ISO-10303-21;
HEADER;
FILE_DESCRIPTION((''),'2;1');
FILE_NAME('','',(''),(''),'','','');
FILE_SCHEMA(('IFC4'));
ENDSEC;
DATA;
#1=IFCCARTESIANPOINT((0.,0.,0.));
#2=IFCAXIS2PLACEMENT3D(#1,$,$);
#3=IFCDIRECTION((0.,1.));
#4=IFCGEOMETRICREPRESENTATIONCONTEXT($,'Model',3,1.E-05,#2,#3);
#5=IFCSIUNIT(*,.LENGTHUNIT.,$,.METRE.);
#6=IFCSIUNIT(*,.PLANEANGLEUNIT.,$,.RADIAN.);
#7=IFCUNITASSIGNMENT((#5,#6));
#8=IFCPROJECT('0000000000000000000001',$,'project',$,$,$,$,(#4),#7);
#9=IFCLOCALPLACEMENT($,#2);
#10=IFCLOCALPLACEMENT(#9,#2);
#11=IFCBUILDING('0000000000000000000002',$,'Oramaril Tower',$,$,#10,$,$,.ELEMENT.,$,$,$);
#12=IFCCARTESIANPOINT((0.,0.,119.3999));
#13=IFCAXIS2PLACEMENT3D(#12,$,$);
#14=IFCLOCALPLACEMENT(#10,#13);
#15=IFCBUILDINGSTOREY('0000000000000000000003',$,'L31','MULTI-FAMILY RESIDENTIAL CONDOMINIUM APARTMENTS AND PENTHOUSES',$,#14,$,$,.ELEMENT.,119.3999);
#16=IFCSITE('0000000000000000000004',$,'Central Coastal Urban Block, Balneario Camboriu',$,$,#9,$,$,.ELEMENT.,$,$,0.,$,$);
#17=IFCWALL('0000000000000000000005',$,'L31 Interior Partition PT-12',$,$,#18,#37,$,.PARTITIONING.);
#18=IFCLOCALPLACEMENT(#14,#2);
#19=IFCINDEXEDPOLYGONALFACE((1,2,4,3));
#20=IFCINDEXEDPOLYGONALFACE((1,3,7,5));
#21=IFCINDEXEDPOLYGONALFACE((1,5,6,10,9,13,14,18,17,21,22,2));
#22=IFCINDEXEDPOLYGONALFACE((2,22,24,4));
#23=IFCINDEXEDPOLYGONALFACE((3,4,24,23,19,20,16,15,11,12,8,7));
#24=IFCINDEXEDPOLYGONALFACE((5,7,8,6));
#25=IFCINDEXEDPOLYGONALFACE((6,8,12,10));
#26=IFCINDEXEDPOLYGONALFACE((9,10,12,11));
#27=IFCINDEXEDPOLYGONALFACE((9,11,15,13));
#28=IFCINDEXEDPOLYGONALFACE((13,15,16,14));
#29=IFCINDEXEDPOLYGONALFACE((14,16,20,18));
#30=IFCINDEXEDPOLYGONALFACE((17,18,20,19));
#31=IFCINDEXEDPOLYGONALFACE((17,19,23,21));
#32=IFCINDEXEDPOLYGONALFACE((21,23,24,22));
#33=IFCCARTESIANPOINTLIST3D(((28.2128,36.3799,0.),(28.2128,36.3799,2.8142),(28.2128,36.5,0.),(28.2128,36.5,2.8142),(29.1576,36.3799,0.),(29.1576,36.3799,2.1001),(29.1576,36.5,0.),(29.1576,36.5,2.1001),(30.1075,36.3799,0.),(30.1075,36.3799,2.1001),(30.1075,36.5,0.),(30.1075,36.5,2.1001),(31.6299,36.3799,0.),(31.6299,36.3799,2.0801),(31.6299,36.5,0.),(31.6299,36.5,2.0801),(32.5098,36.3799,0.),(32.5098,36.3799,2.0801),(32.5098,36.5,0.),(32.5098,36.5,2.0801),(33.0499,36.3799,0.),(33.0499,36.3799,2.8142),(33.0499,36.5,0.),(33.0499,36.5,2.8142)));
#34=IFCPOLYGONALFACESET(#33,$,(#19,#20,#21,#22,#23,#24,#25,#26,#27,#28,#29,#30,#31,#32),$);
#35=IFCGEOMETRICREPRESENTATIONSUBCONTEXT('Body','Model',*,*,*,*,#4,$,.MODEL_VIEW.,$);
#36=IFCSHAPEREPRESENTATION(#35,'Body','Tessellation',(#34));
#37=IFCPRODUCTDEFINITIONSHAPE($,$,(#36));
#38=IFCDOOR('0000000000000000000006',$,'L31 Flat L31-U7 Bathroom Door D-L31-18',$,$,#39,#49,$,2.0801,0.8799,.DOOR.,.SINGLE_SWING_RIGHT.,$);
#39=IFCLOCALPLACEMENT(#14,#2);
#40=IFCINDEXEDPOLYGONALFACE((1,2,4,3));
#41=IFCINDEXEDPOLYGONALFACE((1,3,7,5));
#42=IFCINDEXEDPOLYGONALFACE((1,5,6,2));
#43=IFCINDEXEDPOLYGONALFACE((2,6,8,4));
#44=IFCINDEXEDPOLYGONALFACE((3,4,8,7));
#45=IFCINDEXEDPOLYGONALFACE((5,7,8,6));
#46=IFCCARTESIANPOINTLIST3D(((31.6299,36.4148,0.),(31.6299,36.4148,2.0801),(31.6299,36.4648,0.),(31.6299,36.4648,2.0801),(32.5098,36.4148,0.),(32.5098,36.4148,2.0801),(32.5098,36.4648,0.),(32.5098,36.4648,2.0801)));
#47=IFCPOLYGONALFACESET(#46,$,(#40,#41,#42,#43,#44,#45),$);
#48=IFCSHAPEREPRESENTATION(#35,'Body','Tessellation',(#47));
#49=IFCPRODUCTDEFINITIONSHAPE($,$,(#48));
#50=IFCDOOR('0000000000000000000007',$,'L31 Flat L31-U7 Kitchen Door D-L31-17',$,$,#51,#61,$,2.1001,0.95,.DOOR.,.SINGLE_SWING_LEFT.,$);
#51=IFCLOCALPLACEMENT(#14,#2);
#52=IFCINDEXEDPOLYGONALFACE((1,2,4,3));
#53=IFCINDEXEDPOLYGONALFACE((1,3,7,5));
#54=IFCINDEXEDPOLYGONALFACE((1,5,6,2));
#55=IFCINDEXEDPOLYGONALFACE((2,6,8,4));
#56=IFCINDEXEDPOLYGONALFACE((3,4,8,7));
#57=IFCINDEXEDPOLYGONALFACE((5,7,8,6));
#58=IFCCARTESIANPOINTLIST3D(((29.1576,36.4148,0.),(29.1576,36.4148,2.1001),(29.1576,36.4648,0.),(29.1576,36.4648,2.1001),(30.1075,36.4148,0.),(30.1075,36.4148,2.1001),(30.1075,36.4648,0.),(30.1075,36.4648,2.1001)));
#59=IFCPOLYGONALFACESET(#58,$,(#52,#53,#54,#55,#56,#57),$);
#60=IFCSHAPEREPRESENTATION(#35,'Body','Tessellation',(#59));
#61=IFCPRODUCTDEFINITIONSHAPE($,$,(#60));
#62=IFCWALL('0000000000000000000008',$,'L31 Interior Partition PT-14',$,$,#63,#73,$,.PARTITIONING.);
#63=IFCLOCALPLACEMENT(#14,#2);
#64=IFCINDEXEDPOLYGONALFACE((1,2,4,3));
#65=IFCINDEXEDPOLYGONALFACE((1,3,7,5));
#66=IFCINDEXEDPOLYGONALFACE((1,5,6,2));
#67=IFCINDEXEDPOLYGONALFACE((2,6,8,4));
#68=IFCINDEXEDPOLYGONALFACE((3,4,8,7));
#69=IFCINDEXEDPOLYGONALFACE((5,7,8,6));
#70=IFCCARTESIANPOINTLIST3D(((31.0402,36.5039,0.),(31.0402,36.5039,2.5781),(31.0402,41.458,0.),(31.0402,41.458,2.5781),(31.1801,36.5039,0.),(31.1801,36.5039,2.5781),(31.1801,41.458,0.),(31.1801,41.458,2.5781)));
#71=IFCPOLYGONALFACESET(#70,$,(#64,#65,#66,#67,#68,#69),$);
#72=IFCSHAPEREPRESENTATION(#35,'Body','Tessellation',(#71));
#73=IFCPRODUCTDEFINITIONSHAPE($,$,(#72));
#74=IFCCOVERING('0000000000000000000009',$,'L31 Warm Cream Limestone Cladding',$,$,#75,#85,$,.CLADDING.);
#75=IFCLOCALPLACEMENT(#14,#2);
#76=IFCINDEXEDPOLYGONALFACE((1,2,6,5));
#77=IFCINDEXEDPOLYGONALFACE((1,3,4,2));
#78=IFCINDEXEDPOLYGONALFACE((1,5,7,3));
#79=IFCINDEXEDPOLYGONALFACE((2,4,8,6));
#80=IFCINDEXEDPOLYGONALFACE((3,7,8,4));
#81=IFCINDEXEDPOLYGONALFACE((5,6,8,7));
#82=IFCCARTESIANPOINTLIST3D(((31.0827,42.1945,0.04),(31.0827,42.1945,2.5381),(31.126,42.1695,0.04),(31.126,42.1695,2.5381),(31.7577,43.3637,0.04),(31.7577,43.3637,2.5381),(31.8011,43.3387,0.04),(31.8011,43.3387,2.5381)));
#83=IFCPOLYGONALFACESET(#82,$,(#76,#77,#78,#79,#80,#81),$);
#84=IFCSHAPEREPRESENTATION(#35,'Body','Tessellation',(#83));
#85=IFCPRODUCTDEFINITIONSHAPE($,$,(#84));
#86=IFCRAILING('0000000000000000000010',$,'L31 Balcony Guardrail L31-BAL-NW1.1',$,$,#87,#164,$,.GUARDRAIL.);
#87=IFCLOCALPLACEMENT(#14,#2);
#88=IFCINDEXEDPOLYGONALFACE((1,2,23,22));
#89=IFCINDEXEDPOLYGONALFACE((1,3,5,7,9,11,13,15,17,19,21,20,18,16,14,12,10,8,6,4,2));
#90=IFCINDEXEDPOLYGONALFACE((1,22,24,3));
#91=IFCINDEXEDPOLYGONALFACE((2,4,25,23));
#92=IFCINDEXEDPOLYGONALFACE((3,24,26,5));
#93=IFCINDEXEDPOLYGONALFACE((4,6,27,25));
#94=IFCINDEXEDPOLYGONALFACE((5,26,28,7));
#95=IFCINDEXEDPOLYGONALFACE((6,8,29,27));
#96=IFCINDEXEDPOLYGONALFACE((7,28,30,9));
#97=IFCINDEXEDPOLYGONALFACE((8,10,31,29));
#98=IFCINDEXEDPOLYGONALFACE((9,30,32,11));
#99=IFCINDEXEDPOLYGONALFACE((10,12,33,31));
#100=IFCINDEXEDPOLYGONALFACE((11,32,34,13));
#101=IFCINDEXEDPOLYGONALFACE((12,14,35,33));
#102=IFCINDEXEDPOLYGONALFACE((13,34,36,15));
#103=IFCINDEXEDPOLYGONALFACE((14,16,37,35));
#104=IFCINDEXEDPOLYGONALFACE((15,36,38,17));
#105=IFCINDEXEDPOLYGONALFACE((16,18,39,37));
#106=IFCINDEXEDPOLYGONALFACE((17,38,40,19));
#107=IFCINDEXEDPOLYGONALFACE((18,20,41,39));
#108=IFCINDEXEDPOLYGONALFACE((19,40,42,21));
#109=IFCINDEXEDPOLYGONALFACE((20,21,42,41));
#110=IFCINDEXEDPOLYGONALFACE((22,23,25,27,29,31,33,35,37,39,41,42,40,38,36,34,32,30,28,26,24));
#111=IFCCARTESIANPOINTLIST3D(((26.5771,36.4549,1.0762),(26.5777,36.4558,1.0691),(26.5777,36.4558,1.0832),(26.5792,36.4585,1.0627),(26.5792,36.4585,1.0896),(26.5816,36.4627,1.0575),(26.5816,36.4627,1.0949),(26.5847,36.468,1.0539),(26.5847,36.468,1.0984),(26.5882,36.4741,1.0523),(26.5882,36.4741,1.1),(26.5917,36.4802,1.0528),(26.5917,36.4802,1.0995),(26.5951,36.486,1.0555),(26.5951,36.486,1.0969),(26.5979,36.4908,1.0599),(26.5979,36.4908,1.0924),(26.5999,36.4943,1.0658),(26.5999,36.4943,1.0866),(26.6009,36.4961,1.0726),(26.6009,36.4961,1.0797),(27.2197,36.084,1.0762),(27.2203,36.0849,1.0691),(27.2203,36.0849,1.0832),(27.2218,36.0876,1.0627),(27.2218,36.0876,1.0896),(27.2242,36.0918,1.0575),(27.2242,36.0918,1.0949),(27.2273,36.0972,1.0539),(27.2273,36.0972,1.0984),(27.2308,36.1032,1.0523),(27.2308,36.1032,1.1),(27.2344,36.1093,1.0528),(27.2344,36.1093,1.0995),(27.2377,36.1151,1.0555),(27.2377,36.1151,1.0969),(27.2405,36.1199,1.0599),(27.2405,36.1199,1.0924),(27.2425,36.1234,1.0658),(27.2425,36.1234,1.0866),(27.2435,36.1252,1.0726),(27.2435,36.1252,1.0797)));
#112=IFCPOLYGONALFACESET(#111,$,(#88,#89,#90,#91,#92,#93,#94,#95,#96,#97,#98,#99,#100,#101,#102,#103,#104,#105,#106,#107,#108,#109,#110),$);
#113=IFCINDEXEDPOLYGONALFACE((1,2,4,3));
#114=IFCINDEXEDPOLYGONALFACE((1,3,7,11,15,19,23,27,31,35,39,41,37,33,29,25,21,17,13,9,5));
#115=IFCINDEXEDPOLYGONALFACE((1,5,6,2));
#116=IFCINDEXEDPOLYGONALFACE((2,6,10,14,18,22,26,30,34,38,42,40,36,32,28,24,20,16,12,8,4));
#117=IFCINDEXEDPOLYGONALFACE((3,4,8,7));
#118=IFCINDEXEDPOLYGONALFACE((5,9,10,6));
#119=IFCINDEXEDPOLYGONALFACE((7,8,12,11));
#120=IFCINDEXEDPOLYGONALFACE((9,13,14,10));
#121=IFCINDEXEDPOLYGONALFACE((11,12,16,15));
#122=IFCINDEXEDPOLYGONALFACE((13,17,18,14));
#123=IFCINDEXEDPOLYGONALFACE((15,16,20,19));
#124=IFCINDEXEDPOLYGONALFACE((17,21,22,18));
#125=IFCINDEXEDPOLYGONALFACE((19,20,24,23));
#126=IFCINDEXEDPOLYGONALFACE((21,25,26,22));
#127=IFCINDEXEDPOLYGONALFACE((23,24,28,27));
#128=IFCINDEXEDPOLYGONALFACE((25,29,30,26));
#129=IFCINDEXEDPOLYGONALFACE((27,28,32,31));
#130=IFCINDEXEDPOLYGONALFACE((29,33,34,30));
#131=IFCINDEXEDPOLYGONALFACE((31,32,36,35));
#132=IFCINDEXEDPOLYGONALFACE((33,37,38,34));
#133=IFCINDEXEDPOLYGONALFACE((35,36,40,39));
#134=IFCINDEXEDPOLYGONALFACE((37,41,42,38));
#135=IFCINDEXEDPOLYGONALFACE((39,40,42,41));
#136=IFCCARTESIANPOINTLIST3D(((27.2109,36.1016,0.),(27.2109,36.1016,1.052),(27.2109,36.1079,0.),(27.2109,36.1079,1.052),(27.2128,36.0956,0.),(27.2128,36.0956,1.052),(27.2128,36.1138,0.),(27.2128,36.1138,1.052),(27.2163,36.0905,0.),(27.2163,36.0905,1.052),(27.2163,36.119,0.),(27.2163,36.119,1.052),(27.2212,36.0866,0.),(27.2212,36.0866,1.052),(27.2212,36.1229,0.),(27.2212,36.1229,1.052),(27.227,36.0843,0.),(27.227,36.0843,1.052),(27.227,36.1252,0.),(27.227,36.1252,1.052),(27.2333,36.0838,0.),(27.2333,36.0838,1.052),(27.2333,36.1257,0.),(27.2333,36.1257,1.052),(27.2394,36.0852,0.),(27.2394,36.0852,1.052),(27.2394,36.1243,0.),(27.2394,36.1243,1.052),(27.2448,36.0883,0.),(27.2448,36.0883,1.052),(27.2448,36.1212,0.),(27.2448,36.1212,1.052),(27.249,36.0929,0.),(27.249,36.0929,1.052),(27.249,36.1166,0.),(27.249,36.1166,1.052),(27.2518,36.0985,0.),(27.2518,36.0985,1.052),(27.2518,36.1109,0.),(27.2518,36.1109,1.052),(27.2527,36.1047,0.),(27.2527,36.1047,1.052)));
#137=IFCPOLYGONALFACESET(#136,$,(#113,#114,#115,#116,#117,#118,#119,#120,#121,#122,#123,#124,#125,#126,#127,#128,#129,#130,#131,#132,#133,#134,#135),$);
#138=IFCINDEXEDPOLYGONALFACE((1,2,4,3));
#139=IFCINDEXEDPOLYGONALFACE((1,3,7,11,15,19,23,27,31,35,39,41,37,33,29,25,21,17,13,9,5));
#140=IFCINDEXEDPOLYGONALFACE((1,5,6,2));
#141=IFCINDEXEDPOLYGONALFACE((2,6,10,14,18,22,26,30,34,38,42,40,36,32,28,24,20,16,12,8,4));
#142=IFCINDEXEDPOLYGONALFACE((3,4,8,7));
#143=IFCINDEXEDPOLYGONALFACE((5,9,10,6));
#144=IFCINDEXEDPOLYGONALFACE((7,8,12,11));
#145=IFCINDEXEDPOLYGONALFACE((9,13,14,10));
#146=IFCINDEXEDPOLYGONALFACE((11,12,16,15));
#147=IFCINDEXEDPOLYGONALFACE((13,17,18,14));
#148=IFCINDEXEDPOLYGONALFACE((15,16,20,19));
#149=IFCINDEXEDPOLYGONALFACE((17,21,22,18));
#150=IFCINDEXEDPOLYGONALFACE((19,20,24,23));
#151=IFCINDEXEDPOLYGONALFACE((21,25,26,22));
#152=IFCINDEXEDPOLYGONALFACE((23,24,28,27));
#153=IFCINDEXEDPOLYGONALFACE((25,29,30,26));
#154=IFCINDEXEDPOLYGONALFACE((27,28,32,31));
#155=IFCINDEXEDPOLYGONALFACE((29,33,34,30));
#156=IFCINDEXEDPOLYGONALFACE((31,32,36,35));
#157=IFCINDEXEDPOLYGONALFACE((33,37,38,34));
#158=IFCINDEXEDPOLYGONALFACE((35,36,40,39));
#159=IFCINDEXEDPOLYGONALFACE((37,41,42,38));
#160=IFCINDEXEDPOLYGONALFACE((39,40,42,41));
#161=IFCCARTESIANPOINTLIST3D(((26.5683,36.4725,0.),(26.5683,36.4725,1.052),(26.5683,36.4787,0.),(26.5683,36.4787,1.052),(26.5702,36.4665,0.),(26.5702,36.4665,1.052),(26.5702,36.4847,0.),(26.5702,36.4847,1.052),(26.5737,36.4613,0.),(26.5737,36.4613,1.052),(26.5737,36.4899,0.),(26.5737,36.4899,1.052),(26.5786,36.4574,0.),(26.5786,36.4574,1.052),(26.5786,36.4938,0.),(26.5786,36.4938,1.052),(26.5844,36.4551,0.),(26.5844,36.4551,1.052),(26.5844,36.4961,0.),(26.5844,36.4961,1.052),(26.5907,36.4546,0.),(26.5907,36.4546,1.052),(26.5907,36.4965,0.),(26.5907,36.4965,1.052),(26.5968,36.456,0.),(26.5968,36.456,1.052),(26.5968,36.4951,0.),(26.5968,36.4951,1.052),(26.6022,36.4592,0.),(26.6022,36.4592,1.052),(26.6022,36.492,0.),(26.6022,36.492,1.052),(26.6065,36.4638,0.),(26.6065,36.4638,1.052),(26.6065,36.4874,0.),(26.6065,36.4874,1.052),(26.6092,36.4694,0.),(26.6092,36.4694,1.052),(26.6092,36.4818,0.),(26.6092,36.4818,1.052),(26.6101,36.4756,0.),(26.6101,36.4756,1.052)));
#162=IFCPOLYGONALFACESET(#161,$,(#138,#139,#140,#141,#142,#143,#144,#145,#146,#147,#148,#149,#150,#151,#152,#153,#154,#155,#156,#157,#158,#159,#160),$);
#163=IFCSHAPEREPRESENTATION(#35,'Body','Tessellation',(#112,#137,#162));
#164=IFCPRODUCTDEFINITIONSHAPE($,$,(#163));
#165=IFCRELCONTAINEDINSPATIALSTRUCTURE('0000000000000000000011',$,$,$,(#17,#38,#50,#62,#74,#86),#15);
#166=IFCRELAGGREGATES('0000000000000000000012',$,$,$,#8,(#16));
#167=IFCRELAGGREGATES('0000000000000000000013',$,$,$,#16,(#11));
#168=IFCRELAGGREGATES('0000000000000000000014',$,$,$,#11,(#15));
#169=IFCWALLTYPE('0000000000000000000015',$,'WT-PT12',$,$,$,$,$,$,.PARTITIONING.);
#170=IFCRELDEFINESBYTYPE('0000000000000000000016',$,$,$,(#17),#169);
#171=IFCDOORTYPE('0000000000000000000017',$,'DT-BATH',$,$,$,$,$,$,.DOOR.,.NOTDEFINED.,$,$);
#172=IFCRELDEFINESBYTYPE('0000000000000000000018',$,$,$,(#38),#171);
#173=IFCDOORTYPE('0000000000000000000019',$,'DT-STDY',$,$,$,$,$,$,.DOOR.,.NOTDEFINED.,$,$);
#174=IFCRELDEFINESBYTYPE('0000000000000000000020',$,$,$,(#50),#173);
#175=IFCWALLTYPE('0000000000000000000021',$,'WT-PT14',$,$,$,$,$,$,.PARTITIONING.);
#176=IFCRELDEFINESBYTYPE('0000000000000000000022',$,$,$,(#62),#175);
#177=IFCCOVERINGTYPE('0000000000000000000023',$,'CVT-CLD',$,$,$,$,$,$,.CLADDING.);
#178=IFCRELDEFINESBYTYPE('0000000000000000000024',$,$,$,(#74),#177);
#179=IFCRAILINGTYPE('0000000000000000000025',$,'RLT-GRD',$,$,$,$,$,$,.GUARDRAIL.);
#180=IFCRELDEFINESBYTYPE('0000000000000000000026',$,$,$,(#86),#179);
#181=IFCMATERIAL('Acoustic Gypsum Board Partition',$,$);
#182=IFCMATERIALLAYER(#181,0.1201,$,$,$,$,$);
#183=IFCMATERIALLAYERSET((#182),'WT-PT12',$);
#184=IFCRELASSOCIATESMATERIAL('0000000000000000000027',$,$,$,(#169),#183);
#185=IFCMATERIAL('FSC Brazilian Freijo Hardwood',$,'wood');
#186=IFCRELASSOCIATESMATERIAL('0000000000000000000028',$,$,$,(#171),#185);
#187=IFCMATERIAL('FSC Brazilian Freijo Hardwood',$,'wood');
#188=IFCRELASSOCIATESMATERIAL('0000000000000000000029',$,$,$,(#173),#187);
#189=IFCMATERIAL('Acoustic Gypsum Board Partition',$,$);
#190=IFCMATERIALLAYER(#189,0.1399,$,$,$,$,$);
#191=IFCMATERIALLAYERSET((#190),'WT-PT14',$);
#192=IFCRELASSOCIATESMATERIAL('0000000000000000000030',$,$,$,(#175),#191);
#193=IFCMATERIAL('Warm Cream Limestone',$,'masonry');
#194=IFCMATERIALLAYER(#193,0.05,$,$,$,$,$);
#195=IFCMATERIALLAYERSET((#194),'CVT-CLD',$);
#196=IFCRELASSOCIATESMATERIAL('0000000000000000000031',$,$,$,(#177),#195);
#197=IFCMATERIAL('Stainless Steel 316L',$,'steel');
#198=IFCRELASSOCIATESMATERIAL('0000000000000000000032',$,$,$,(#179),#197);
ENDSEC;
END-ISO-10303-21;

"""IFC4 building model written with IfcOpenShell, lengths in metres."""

from ifc_helpers import new_model, si_unit, direction, frame, frame_2d, origin, origin_2d, place, context, subcontext, project, spatial, rectangle, circle, extrude, material, layer, layer_set, type_object, element, fill, save


model = new_model("IFC4")

# Units and contexts
model_context = context("Model", 3, precision=1e-05, world=origin(), true_north=direction((0.0, 1.0)))
body_context = subcontext(model_context, "Body", "Model", "MODEL_VIEW")
ifc_project = project(units=[si_unit("LENGTHUNIT", "METRE"), si_unit("PLANEANGLEUNIT", "RADIAN")], contexts=[model_context])

# Site, building, storey
site_placement = place(None, origin())
site = spatial("IfcSite", under=ifc_project, at=site_placement, Name="Central Coastal Urban Block, Balneario Camboriu", CompositionType="ELEMENT", RefElevation=0.0)
building_placement = place(site_placement, origin())
building = spatial("IfcBuilding", under=site, at=building_placement, Name="Oramaril Tower", CompositionType="ELEMENT")
storey_placement = place(building_placement, frame((0.0, 0.0, 119.3999)))
storey = spatial("IfcBuildingStorey", under=building, at=storey_placement, Name="L31", Description="MULTI-FAMILY RESIDENTIAL CONDOMINIUM APARTMENTS AND PENTHOUSES", CompositionType="ELEMENT", Elevation=119.3999)

# Wall, openings, doors
ifc_material_1 = material(Name="Acoustic Gypsum Board Partition")
ifc_layer_1 = layer(ifc_material_1, 0.1201)
ifc_layer_set_1 = layer_set([ifc_layer_1], Name="WT-PT12")
wall_type_1 = type_object("IfcWallType", Name="WT-PT12", PredefinedType="PARTITIONING", material=ifc_layer_set_1)
wall_1_placement = place(storey_placement, frame((28.2129, 36.4399, 0.0), z_axis=(0.0, 0.0, 1.0), x_axis=(1.0, 0.0, 0.0)))
wall_1 = element("IfcWall", 1, at=wall_1_placement, inside=storey, type_object=wall_type_1, Name="L31 Interior Partition PT-12", PredefinedType="PARTITIONING", context=body_context, shape_type="SweptSolid", body=[
    extrude(rectangle(XDim=4.8372, YDim=0.1201, at=frame_2d((2.4185, 0.0))), origin(), (0.0, 0.0, 1.0), 2.8142),
])
opening_1_placement = place(wall_1_placement, frame((0.9446, 0.0, 0.0)))
opening_1 = element("IfcOpeningElement", 2, at=opening_1_placement, cuts=wall_1, PredefinedType="OPENING", context=body_context, shape_type="SweptSolid", body=[
    extrude(rectangle(XDim=0.95, YDim=2.1001, at=frame_2d((0.4751, 1.05))), frame((0.0, 0.0601, 0.0), z_axis=(0.0, -1.0, 0.0), x_axis=(1.0, 0.0, 0.0)), (0.0, 0.0, 1.0), 0.1201),
])
opening_2_placement = place(wall_1_placement, frame((3.417, 0.0, 0.0)))
opening_2 = element("IfcOpeningElement", 3, at=opening_2_placement, cuts=wall_1, PredefinedType="OPENING", context=body_context, shape_type="SweptSolid", body=[
    extrude(rectangle(XDim=0.8799, YDim=2.0801, at=frame_2d((0.4399, 1.04))), frame((0.0, 0.0601, 0.0), z_axis=(0.0, -1.0, 0.0), x_axis=(1.0, 0.0, 0.0)), (0.0, 0.0, 1.0), 0.1201),
])
ifc_material_2 = material(Name="FSC Brazilian Freijo Hardwood", Category="wood")
door_type_1 = type_object("IfcDoorType", Name="DT-BATH", OperationType="NOTDEFINED", PredefinedType="DOOR", material=ifc_material_2)
door_1_placement = place(opening_2_placement, origin())
door_1 = element("IfcDoor", 4, at=door_1_placement, inside=storey, type_object=door_type_1, Name="L31 Flat L31-U7 Bathroom Door D-L31-18", OperationType="SINGLE_SWING_RIGHT", OverallHeight=2.0801, OverallWidth=0.8799, PredefinedType="DOOR", context=body_context, shape_type="SweptSolid", body=[
    extrude(rectangle(XDim=0.8799, YDim=2.0801, at=frame_2d((0.4399, 1.04))), frame((0.0, 0.0249, 0.0), z_axis=(0.0, -1.0, 0.0), x_axis=(1.0, 0.0, 0.0)), (0.0, 0.0, 1.0), 0.05),
])
fill(opening_2, door_1)
ifc_material_3 = material(Name="FSC Brazilian Freijo Hardwood", Category="wood")
door_type_2 = type_object("IfcDoorType", Name="DT-STDY", OperationType="NOTDEFINED", PredefinedType="DOOR", material=ifc_material_3)
door_2_placement = place(opening_1_placement, origin())
door_2 = element("IfcDoor", 5, at=door_2_placement, inside=storey, type_object=door_type_2, Name="L31 Flat L31-U7 Kitchen Door D-L31-17", OperationType="SINGLE_SWING_LEFT", OverallHeight=2.1001, OverallWidth=0.95, PredefinedType="DOOR", context=body_context, shape_type="SweptSolid", body=[
    extrude(rectangle(XDim=0.95, YDim=2.1001, at=frame_2d((0.4751, 1.05))), frame((0.0, 0.0249, 0.0), z_axis=(0.0, -1.0, 0.0), x_axis=(1.0, 0.0, 0.0)), (0.0, 0.0, 1.0), 0.05),
])
fill(opening_1, door_2)

# Wall
ifc_material_4 = material(Name="Acoustic Gypsum Board Partition")
ifc_layer_2 = layer(ifc_material_4, 0.1399)
ifc_layer_set_2 = layer_set([ifc_layer_2], Name="WT-PT14")
wall_type_2 = type_object("IfcWallType", Name="WT-PT14", PredefinedType="PARTITIONING", material=ifc_layer_set_2)
wall_2_placement = place(storey_placement, frame((31.1101, 36.5039, 0.0), z_axis=(0.0, 0.0, 1.0), x_axis=(0.0, 1.0, 0.0)))
element("IfcWall", 6, at=wall_2_placement, inside=storey, type_object=wall_type_2, Name="L31 Interior Partition PT-14", PredefinedType="PARTITIONING", context=body_context, shape_type="SweptSolid", body=[
    extrude(rectangle(XDim=4.9541, YDim=0.1399, at=frame_2d((2.4771, 0.0))), origin(), (0.0, 0.0, 1.0), 2.5781),
])

# Covering
ifc_material_5 = material(Name="Warm Cream Limestone", Category="masonry")
ifc_layer_3 = layer(ifc_material_5, 0.05)
ifc_layer_set_3 = layer_set([ifc_layer_3], Name="CVT-CLD")
covering_type = type_object("IfcCoveringType", Name="CVT-CLD", PredefinedType="CLADDING", material=ifc_layer_set_3)
covering_placement = place(storey_placement, frame((31.4419, 42.7666, 0.04), z_axis=(0.0, 0.0, 1.0), x_axis=(-0.5, -0.866025, 0.0)))
element("IfcCovering", 7, at=covering_placement, inside=storey, type_object=covering_type, Name="L31 Warm Cream Limestone Cladding", PredefinedType="CLADDING", context=body_context, shape_type="SweptSolid", body=[
    extrude(rectangle(XDim=1.3501, YDim=0.05, at=origin_2d()), origin(), (0.0, 0.0, 1.0), 2.498),
])

# Railing
ifc_material_6 = material(Name="Stainless Steel 316L", Category="steel")
railing_type = type_object("IfcRailingType", Name="RLT-GRD", PredefinedType="GUARDRAIL", material=ifc_material_6)
railing_1_placement = place(storey_placement, frame((27.2317, 36.1047, 0.0)))
element("IfcRailing", 8, at=railing_1_placement, inside=storey, type_object=railing_type, Name="L31 Balcony Guardrail L31-BAL-NW1.1", PredefinedType="GUARDRAIL", context=body_context, shape_type="SweptSolid", body=[
    extrude(circle(Radius=0.0239, at=origin_2d()), frame((0.0, 0.0, 1.0762), z_axis=(-0.866109, 0.499855, 0.0), x_axis=(-0.499855, -0.866109, 0.0)), (0.0, 0.0, 1.0), 0.7419),
    extrude(circle(Radius=0.021, at=origin_2d()), origin(), (0.0, 0.0, 1.0), 1.052),
    extrude(circle(Radius=0.021, at=origin_2d()), frame((-0.6426, 0.3708, 0.0)), (0.0, 0.0, 1.0), 1.052),
])

save(model, "model.ifc")
